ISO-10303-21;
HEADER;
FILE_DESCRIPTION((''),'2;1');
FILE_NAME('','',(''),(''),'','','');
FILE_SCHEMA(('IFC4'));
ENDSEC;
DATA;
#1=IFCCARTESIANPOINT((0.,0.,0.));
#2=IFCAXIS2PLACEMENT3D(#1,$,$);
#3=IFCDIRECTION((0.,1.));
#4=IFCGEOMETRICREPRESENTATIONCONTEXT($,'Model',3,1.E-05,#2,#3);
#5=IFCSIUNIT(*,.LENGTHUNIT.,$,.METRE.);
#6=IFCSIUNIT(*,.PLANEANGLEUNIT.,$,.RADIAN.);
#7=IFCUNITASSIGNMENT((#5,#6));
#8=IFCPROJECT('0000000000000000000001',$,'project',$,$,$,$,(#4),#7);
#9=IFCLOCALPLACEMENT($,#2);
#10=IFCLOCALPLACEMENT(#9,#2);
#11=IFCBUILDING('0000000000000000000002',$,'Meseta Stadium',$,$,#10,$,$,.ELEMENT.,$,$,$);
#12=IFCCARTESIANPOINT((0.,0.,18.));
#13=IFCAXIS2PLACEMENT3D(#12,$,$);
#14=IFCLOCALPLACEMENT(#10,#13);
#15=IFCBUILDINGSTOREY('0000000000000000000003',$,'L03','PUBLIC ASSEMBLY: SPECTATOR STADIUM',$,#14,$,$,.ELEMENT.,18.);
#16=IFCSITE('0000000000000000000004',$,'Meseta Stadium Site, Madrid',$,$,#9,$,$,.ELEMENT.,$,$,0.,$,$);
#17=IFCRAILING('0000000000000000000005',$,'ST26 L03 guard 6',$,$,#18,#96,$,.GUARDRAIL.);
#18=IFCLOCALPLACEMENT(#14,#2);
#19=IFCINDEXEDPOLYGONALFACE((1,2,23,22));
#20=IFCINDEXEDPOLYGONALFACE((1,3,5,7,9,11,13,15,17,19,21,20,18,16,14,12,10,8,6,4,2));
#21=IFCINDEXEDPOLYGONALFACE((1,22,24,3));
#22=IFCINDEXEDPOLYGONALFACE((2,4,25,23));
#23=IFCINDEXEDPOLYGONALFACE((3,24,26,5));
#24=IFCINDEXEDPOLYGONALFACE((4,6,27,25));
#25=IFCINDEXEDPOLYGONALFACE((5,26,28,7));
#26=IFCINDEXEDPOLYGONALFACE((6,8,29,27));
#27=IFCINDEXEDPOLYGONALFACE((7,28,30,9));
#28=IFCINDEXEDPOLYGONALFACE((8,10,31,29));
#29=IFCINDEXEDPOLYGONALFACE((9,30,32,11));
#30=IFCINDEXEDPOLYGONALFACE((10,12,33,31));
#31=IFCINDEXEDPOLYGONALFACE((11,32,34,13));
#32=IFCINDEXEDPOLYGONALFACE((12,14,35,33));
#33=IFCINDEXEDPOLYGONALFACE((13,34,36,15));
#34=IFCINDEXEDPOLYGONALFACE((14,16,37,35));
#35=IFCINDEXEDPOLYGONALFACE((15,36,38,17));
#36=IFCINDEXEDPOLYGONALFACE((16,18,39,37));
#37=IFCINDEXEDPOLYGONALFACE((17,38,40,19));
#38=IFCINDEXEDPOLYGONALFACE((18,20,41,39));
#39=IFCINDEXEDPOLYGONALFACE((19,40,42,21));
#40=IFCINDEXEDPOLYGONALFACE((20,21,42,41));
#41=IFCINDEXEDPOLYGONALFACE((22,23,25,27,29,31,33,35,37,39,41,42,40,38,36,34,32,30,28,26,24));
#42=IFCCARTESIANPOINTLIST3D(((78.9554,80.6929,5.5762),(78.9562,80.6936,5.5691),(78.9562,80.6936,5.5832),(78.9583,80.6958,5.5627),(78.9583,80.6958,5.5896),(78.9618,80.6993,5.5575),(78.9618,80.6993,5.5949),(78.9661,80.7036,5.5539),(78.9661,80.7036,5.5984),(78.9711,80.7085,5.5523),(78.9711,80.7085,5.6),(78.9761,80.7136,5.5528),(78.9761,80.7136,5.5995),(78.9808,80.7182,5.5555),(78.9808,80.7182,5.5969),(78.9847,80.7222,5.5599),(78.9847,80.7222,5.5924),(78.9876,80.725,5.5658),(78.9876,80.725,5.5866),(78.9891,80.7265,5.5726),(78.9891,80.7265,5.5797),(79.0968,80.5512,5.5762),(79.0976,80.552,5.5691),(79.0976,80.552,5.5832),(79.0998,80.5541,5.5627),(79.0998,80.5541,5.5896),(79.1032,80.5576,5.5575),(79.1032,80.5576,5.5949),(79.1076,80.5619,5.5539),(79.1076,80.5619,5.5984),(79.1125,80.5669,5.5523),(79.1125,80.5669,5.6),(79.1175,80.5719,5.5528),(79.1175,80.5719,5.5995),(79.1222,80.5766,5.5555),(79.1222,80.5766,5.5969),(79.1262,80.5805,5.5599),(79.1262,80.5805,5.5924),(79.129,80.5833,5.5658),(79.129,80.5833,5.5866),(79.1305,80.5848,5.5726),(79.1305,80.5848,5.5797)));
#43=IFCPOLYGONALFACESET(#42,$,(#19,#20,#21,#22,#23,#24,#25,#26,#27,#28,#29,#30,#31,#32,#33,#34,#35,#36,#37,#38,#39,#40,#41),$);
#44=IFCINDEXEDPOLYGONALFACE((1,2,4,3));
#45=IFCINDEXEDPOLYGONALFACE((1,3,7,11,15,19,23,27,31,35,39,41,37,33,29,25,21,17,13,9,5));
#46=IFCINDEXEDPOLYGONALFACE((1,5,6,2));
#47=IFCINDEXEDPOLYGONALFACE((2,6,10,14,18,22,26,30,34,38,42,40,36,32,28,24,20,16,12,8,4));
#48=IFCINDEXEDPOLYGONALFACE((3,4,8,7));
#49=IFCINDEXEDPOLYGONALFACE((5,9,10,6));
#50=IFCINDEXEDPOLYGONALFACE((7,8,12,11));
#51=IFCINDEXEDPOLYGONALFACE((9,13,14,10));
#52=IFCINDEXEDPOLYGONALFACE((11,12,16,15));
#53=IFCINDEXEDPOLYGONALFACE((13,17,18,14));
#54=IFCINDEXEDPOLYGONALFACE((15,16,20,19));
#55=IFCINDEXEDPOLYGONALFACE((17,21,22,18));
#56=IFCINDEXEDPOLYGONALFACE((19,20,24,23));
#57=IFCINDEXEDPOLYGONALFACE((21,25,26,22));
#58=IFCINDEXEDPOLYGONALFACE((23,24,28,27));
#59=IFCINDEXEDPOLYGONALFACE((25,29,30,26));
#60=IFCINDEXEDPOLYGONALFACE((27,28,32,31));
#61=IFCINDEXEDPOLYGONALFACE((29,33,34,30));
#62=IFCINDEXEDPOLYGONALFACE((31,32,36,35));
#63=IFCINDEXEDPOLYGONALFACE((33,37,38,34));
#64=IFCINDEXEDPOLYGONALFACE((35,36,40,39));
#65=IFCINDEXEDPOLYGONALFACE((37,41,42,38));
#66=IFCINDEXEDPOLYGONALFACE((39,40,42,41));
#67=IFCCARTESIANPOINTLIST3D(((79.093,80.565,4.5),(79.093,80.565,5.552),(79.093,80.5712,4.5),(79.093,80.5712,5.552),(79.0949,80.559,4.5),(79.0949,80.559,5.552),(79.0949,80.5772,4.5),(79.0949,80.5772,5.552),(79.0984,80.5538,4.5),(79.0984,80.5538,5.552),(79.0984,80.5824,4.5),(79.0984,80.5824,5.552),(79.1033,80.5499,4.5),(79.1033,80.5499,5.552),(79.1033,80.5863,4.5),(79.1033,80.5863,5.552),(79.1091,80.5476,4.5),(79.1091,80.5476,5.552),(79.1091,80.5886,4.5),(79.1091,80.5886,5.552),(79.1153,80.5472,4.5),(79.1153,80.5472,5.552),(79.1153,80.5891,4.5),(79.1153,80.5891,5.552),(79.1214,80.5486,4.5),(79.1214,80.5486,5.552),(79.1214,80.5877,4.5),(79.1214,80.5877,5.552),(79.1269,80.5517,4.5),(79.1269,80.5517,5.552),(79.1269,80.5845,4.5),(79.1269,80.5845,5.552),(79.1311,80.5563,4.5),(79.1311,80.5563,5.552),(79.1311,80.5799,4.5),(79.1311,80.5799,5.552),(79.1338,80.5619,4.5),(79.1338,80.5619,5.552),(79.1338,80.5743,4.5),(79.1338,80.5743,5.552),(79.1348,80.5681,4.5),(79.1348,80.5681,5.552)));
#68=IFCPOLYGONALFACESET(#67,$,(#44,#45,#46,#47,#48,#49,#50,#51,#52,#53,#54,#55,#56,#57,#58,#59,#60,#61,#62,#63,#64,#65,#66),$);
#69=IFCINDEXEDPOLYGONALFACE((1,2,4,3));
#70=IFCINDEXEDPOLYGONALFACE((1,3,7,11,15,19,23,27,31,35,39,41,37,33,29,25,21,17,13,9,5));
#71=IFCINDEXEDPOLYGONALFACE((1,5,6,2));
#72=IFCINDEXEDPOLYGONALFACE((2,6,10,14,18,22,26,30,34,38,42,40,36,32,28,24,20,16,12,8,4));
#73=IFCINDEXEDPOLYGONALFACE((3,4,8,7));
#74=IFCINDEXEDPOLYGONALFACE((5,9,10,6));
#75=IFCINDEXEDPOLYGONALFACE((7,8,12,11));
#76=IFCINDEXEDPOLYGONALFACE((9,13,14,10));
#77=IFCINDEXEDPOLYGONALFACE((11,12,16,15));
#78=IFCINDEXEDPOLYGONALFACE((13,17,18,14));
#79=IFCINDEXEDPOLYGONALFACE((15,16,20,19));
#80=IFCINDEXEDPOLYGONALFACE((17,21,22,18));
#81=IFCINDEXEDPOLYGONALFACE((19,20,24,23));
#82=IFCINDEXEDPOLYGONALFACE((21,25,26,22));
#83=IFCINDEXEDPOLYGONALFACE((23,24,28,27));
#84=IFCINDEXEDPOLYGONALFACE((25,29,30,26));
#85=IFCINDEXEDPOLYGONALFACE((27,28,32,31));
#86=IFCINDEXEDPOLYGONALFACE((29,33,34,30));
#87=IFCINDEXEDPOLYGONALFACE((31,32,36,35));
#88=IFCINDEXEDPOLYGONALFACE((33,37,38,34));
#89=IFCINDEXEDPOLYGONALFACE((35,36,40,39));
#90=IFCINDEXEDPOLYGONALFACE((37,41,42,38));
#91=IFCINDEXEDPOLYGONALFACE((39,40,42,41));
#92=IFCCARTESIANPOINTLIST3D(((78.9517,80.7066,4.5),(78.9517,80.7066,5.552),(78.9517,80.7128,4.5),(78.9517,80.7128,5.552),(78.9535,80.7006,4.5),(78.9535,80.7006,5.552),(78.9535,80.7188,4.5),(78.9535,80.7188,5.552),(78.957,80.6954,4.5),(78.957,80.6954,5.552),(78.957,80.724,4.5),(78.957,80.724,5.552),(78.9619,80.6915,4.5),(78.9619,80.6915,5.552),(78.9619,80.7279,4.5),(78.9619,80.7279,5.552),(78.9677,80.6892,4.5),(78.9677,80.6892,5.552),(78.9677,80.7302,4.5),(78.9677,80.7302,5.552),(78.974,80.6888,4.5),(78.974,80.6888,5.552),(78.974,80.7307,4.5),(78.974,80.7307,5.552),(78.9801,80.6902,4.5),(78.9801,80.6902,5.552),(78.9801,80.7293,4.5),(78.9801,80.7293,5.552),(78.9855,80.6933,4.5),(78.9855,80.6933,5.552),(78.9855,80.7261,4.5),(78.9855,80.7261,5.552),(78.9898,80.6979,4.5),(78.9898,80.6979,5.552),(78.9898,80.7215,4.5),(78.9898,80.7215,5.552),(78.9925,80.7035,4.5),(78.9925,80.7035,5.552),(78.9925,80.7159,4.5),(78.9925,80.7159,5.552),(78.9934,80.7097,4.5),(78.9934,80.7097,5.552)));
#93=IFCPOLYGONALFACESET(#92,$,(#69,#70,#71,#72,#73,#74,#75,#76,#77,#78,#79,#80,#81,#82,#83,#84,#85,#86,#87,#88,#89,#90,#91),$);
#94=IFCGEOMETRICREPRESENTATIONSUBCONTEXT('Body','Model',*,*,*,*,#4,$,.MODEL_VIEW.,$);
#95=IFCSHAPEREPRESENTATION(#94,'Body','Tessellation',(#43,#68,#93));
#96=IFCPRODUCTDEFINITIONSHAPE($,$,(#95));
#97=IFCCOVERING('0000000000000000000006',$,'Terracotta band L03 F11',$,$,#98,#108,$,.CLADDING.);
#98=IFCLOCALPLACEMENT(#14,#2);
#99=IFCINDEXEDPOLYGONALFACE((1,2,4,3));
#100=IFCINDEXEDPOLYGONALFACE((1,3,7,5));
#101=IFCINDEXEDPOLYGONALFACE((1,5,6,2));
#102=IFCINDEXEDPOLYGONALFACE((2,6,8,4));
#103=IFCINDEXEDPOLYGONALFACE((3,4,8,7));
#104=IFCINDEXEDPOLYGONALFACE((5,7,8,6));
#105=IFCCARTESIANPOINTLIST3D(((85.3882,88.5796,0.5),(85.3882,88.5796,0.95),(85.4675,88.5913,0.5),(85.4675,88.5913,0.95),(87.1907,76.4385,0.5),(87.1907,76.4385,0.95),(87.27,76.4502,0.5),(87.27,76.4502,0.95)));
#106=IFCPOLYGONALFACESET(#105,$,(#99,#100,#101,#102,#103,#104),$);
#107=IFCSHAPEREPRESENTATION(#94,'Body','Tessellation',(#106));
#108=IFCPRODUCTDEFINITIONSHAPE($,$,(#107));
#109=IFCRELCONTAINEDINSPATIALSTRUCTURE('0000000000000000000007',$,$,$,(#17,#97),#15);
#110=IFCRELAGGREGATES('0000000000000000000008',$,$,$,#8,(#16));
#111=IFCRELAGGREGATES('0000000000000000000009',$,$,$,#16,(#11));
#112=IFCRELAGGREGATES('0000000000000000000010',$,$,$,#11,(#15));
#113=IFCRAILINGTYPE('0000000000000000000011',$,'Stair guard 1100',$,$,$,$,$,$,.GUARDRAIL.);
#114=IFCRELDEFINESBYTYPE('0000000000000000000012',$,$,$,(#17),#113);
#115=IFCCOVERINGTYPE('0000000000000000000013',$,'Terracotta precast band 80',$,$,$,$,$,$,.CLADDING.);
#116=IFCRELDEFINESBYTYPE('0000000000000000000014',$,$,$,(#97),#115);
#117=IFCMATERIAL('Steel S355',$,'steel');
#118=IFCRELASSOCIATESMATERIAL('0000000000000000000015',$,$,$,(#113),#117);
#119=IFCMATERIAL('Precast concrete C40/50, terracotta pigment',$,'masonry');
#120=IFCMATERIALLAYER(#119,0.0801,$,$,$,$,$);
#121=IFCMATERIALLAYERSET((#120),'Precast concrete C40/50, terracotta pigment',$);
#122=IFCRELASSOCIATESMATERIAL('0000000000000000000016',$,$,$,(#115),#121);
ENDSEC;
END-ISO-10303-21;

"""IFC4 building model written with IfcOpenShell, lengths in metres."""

from ifc_helpers import new_model, si_unit, direction, frame, origin, origin_2d, place, context, subcontext, project, spatial, rectangle, circle, extrude, material, layer, layer_set, type_object, element, save


model = new_model("IFC4")

# Units and contexts
model_context = context("Model", 3, precision=1e-05, world=origin(), true_north=direction((0.0, 1.0)))
body_context = subcontext(model_context, "Body", "Model", "MODEL_VIEW")
ifc_project = project(units=[si_unit("LENGTHUNIT", "METRE"), si_unit("PLANEANGLEUNIT", "RADIAN")], contexts=[model_context])

# Site, building, storey
site_placement = place(None, origin())
site = spatial("IfcSite", under=ifc_project, at=site_placement, Name="Meseta Stadium Site, Madrid", CompositionType="ELEMENT", RefElevation=0.0)
building_placement = place(site_placement, origin())
building = spatial("IfcBuilding", under=site, at=building_placement, Name="Meseta Stadium", CompositionType="ELEMENT")
storey_placement = place(building_placement, frame((0.0, 0.0, 18.0)))
storey = spatial("IfcBuildingStorey", under=building, at=storey_placement, Name="L03", Description="PUBLIC ASSEMBLY: SPECTATOR STADIUM", CompositionType="ELEMENT", Elevation=18.0)

# Railing
ifc_material_1 = material(Name="Steel S355", Category="steel")
railing_type = type_object("IfcRailingType", Name="Stair guard 1100", PredefinedType="GUARDRAIL", material=ifc_material_1)
railing_placement = place(storey_placement, frame((79.1138, 80.5681, 4.5)))
element("IfcRailing", 1, at=railing_placement, inside=storey, type_object=railing_type, Name="ST26 L03 guard 6", PredefinedType="GUARDRAIL", context=body_context, shape_type="SweptSolid", body=[
    extrude(circle(Radius=0.0239, at=origin_2d()), frame((0.0, 0.0, 1.0762), z_axis=(-0.706496, 0.707717, 0.0), x_axis=(-0.707717, -0.706496, 0.0)), (0.0, 0.0, 1.0), 0.2002),
    extrude(circle(Radius=0.021, at=origin_2d()), origin(), (0.0, 0.0, 1.0), 1.052),
    extrude(circle(Radius=0.021, at=origin_2d()), frame((-0.1414, 0.1416, 0.0)), (0.0, 0.0, 1.0), 1.052),
])

# Covering
ifc_material_2 = material(Name="Precast concrete C40/50, terracotta pigment", Category="masonry")
ifc_layer_1 = layer(ifc_material_2, 0.0801)
ifc_layer_set_1 = layer_set([ifc_layer_1], Name="Precast concrete C40/50, terracotta pigment")
covering_type_1 = type_object("IfcCoveringType", Name="Terracotta precast band 80", PredefinedType="CLADDING", material=ifc_layer_set_1)
covering_1_placement = place(storey_placement, frame((86.3291, 82.5149, 0.5), z_axis=(0.0, 0.0, 1.0), x_axis=(0.146853, -0.989158, 0.0)))
element("IfcCovering", 2, at=covering_1_placement, inside=storey, type_object=covering_type_1, Name="Terracotta band L03 F11", PredefinedType="CLADDING", context=body_context, shape_type="SweptSolid", body=[
    extrude(rectangle(XDim=12.2742, YDim=0.0801, at=origin_2d()), origin(), (0.0, 0.0, 1.0), 0.45),
])

save(model, "model.ifc")
